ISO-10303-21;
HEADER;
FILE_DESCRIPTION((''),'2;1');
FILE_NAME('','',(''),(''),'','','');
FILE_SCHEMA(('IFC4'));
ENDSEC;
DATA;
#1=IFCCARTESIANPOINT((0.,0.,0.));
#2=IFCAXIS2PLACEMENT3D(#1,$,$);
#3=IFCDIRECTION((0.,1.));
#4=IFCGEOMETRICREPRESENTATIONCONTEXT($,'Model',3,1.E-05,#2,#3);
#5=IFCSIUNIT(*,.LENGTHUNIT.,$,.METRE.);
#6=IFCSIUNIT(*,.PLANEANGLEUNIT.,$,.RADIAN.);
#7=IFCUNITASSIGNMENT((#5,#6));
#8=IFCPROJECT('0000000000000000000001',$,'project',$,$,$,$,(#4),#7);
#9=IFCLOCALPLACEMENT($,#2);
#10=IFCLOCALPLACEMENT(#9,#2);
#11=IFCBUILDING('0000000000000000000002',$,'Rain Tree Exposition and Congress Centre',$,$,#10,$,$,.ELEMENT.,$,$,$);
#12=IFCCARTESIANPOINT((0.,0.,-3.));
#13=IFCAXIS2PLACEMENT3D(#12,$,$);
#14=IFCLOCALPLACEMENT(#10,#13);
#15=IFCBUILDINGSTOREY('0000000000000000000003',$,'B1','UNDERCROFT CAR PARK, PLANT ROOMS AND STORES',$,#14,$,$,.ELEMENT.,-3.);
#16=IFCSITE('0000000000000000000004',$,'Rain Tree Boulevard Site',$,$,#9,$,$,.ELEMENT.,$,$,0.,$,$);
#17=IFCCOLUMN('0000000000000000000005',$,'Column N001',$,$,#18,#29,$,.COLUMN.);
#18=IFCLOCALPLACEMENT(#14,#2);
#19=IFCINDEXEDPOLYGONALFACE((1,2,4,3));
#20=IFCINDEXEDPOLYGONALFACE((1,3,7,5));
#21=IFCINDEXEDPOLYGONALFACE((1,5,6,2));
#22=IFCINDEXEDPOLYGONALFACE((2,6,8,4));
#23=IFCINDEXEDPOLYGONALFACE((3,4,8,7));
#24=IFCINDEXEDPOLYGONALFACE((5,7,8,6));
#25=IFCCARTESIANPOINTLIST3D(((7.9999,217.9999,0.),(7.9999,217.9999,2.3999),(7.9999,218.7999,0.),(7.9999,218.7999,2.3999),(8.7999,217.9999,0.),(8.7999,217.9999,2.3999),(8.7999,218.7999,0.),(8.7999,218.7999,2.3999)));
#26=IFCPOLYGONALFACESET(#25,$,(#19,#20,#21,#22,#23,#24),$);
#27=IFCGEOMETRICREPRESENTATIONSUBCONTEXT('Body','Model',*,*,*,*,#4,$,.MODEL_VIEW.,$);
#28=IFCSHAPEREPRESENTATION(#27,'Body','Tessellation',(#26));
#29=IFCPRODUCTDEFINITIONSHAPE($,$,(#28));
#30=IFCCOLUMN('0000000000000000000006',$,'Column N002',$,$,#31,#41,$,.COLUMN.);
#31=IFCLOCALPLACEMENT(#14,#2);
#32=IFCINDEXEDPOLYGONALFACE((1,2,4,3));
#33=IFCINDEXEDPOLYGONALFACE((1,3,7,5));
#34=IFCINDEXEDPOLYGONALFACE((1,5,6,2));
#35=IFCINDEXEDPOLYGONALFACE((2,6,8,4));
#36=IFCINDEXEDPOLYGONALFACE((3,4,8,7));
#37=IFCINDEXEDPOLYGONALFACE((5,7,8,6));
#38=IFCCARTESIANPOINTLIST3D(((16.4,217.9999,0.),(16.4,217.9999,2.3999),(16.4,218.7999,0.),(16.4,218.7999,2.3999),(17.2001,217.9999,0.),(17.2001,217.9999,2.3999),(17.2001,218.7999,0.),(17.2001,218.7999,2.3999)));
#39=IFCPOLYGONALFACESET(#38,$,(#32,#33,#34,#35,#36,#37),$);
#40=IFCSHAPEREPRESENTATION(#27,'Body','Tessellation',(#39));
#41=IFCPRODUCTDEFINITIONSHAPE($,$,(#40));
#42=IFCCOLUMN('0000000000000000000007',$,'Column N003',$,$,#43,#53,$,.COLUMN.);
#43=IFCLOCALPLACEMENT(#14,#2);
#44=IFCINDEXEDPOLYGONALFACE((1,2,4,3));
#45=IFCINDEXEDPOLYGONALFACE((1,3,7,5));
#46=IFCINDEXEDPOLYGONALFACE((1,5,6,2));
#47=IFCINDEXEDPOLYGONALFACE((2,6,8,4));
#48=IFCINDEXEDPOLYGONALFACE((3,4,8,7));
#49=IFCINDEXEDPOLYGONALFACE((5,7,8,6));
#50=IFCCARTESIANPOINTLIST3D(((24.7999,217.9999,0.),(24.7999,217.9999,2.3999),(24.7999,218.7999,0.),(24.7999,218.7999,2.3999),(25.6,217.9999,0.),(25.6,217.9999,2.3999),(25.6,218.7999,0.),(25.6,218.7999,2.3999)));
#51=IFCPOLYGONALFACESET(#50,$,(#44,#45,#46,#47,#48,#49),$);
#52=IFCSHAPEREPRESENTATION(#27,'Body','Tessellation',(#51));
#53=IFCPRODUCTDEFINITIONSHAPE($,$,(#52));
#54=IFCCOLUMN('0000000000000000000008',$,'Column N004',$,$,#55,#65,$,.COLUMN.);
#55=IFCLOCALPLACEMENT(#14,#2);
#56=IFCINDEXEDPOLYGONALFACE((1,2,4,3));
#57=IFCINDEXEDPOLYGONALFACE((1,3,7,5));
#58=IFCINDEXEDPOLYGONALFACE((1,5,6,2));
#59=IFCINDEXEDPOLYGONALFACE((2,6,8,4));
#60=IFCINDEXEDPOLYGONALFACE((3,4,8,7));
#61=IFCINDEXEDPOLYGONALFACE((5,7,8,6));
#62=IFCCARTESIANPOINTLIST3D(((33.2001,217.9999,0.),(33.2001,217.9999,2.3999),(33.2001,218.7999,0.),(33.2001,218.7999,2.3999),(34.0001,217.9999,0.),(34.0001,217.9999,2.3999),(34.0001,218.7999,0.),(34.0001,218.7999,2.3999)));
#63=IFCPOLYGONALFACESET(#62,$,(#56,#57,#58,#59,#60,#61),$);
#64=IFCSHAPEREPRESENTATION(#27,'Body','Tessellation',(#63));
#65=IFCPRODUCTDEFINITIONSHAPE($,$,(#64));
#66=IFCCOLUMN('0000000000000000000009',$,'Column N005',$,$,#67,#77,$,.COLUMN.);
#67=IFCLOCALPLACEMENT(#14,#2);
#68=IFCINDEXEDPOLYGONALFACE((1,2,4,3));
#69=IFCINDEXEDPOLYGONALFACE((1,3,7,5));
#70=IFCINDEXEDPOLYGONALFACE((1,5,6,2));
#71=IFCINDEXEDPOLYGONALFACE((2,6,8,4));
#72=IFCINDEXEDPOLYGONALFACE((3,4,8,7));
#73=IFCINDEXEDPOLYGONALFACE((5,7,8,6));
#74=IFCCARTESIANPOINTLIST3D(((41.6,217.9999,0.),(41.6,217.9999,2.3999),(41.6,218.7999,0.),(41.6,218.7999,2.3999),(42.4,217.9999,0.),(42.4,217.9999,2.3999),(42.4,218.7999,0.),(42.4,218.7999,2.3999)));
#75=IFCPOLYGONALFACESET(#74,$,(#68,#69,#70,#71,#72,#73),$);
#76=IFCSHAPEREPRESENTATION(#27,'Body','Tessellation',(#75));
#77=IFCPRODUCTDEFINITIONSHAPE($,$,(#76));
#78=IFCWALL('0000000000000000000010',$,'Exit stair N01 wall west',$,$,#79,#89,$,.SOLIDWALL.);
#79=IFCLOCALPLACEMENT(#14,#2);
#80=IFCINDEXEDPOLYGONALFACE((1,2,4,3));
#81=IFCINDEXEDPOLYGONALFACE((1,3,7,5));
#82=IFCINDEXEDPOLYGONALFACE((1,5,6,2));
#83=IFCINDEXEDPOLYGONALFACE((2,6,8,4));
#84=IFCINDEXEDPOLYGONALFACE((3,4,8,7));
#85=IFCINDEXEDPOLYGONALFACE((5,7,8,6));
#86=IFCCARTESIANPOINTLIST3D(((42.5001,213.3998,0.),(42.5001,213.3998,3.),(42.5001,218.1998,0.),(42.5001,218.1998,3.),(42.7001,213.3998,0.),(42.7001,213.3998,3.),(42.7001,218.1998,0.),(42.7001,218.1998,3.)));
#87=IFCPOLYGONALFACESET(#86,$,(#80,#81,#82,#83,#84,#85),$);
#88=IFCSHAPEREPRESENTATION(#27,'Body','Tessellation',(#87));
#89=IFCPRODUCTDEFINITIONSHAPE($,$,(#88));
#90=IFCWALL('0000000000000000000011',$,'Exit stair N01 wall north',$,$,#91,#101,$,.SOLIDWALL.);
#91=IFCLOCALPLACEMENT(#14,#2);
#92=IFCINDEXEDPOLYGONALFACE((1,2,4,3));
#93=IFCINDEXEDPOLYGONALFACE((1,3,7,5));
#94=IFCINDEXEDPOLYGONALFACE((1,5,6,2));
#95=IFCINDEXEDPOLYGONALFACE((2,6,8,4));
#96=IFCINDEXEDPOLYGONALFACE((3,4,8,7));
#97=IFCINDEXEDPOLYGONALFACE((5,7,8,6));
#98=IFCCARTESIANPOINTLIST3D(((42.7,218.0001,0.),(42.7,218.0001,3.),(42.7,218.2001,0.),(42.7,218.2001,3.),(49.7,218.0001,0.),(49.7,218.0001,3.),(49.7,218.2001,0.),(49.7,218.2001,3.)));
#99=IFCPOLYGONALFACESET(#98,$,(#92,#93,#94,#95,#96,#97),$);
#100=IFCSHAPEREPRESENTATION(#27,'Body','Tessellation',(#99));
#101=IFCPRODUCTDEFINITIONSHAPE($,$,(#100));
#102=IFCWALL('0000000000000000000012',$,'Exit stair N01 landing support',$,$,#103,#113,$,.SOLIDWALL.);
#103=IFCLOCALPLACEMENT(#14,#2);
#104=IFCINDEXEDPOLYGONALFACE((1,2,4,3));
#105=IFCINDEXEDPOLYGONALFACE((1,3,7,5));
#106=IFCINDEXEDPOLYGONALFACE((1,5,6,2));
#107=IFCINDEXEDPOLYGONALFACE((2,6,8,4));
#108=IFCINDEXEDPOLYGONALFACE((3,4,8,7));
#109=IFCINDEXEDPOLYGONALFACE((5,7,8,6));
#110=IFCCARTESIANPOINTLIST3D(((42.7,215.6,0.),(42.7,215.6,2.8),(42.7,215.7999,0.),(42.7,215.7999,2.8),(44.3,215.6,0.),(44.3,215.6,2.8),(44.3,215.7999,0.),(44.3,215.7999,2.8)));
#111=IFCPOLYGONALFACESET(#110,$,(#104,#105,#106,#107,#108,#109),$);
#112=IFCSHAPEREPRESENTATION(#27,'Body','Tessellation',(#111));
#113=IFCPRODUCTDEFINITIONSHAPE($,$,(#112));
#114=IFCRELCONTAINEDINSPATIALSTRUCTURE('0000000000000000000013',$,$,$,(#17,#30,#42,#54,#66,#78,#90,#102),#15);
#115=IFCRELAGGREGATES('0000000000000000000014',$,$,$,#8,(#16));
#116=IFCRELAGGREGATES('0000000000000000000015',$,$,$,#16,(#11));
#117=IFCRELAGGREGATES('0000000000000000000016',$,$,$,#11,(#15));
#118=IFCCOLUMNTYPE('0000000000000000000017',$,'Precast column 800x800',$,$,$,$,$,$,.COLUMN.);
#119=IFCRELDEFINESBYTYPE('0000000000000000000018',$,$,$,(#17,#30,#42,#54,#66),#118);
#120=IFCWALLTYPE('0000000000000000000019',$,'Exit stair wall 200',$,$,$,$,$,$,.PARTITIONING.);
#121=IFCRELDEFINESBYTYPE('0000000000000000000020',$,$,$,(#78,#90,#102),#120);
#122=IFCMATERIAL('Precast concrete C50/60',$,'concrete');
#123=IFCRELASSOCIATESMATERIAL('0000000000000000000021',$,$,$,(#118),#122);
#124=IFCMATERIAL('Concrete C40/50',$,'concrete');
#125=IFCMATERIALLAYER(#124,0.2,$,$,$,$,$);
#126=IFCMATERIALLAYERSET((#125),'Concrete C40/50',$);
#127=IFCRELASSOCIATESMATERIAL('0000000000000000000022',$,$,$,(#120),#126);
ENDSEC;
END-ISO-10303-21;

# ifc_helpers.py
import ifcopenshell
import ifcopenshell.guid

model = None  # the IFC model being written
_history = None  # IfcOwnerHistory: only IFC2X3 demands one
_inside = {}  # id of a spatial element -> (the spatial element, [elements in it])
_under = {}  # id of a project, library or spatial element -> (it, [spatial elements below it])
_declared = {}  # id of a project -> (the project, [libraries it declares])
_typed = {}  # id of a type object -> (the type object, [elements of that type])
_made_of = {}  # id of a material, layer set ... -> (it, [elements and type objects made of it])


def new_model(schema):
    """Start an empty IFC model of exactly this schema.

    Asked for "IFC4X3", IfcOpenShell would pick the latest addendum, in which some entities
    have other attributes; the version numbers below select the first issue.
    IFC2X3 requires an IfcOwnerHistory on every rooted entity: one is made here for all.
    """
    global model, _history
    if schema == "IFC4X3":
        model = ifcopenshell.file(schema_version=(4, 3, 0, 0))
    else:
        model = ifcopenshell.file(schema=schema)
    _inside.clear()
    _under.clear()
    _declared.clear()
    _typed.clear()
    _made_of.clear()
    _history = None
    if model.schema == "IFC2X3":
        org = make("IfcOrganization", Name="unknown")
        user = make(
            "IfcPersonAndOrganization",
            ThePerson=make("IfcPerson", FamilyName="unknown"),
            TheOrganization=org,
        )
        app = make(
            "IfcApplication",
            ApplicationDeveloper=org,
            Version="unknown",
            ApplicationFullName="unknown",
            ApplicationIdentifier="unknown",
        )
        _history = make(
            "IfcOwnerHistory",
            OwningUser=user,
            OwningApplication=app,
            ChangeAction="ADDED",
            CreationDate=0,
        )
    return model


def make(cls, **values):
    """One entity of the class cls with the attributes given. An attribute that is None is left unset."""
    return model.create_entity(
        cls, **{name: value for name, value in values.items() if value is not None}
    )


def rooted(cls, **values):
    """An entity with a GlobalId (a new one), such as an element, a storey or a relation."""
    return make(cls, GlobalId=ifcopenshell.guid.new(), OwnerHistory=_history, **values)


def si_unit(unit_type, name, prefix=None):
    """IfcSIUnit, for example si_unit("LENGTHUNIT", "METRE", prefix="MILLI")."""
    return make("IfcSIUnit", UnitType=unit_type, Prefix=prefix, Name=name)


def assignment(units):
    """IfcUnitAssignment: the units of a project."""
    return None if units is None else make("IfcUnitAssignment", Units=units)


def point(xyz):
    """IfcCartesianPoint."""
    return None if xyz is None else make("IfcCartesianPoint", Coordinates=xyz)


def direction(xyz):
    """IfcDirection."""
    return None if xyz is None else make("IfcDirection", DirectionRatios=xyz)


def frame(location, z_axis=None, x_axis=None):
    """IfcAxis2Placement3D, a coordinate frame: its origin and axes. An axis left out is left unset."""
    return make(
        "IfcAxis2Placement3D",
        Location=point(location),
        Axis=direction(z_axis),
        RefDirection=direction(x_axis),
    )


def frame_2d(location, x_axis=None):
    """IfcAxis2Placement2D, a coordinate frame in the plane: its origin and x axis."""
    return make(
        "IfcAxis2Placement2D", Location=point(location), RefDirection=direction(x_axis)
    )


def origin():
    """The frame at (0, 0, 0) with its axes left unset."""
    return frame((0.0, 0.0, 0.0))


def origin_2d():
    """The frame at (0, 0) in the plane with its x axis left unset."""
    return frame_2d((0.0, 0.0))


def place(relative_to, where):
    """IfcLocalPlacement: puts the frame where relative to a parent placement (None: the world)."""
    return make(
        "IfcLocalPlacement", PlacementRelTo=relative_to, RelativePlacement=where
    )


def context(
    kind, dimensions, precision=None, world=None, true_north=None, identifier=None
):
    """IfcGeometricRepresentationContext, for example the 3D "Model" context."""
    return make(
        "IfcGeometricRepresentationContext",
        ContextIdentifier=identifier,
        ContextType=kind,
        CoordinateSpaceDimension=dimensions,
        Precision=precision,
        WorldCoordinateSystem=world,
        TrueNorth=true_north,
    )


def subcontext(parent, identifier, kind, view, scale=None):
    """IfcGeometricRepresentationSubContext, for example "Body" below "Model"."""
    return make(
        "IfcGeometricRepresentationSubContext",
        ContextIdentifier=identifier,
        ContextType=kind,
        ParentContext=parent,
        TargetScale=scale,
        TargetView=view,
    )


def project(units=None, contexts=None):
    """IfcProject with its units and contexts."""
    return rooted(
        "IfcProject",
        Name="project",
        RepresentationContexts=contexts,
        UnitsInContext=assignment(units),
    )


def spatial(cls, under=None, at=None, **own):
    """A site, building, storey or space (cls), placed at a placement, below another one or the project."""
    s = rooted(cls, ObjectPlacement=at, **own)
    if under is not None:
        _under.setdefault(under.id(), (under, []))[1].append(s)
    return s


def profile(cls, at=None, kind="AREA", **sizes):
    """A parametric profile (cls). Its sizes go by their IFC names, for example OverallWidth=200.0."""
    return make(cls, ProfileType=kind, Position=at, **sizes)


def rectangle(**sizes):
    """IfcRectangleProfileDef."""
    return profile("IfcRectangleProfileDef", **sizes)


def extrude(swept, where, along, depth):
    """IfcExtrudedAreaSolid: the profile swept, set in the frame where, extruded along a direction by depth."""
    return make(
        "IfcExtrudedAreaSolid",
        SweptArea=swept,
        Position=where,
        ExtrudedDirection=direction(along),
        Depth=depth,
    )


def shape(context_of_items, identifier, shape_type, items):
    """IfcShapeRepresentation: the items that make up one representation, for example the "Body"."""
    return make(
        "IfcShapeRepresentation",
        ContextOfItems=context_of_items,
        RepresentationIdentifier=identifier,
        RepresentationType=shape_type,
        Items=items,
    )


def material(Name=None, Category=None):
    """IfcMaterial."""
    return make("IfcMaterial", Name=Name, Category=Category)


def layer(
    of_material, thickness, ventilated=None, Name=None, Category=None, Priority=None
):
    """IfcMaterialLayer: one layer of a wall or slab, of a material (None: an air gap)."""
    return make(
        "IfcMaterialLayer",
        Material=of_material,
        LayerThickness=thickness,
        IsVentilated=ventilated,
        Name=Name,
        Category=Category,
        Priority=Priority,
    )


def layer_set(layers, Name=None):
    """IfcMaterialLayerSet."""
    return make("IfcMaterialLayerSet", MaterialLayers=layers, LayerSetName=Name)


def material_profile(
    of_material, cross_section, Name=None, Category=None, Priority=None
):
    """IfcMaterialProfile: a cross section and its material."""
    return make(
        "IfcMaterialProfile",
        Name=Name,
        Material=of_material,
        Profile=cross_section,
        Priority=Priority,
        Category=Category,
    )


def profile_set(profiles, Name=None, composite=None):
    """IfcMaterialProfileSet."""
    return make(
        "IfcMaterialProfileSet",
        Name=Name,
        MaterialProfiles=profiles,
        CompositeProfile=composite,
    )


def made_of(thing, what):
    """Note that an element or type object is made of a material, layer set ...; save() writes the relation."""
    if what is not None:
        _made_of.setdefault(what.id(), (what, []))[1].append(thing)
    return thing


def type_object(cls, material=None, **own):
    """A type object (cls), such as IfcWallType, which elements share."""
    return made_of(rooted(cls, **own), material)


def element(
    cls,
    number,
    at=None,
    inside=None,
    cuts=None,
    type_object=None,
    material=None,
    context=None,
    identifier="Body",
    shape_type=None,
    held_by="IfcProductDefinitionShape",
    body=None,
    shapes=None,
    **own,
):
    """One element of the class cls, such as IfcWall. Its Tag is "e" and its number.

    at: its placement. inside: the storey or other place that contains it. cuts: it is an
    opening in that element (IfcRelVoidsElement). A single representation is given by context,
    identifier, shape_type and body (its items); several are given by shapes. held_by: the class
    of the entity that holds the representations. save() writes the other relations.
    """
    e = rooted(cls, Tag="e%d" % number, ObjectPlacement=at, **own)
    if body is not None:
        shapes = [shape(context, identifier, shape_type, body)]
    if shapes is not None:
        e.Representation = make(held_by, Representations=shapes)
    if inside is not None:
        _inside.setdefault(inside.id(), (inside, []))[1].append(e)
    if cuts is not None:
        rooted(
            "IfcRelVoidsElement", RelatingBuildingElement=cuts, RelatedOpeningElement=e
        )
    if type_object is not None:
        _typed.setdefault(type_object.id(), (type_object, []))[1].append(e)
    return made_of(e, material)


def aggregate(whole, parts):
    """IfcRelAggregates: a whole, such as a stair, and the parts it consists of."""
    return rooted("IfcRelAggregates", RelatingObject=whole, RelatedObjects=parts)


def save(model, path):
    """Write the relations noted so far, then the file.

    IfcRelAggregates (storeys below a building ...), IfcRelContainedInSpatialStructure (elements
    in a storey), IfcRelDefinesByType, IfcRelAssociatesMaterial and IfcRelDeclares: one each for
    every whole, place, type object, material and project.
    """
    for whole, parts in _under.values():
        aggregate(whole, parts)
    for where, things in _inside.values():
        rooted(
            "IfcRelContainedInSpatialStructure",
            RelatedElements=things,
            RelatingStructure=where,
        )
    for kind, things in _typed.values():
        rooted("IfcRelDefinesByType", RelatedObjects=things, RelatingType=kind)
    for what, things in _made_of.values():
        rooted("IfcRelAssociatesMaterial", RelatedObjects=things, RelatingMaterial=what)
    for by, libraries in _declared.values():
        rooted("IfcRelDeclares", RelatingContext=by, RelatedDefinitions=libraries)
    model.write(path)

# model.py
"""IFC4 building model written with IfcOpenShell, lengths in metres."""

from ifc_helpers import new_model, si_unit, direction, frame, frame_2d, origin, origin_2d, place, context, subcontext, project, spatial, rectangle, extrude, material, layer, layer_set, material_profile, profile_set, type_object, element, save


model = new_model("IFC4")

# Units and contexts
model_context = context("Model", 3, precision=1e-05, world=origin(), true_north=direction((0.0, 1.0)))
body_context = subcontext(model_context, "Body", "Model", "MODEL_VIEW")
ifc_project = project(units=[si_unit("LENGTHUNIT", "METRE"), si_unit("PLANEANGLEUNIT", "RADIAN")], contexts=[model_context])

# Site, building, storey
site_placement = place(None, origin())
site = spatial("IfcSite", under=ifc_project, at=site_placement, Name="Rain Tree Boulevard Site", CompositionType="ELEMENT", RefElevation=0.0)
building_placement = place(site_placement, origin())
building = spatial("IfcBuilding", under=site, at=building_placement, Name="Rain Tree Exposition and Congress Centre", CompositionType="ELEMENT")
storey_placement = place(building_placement, frame((0.0, 0.0, -3.0)))
storey = spatial("IfcBuildingStorey", under=building, at=storey_placement, Name="B1", Description="UNDERCROFT CAR PARK, PLANT ROOMS AND STORES", CompositionType="ELEMENT", Elevation=-3.0)

# Columns
ifc_material_1 = material(Name="Precast concrete C50/60", Category="concrete")
ifc_material_profile_1 = material_profile(ifc_material_1, rectangle(XDim=0.8, YDim=0.8, at=origin_2d()), Name="RC 800x800")
ifc_profile_set_1 = profile_set([ifc_material_profile_1], Name="Precast concrete C50/60")
column_type = type_object("IfcColumnType", Name="Precast column 800x800", PredefinedType="COLUMN", material=ifc_profile_set_1)
for number, where, z_axis, x_axis, name in (
    (1, (8.3999, 218.3999, 0.0), (0.0, 0.0, 1.0), (1.0, 0.0, 0.0), "Column N001"),
    (2, (16.8, 218.3999, 0.0), (0.0, 0.0, 1.0), (1.0, 0.0, 0.0), "Column N002"),
    (3, (25.2, 218.3999, 0.0), (0.0, 0.0, 1.0), (1.0, 0.0, 0.0), "Column N003"),
    (4, (33.6001, 218.3999, 0.0), (0.0, 0.0, 1.0), (1.0, 0.0, 0.0), "Column N004"),
    (5, (42.0, 218.3999, 0.0), (0.0, 0.0, 1.0), (1.0, 0.0, 0.0), "Column N005"),
):
    element("IfcColumn", number, at=place(storey_placement, frame(where, z_axis=z_axis, x_axis=x_axis)), inside=storey, type_object=column_type, Name=name, PredefinedType="COLUMN", context=body_context, shape_type="SweptSolid", body=[
        extrude(rectangle(XDim=0.8, YDim=0.8, at=origin_2d()), origin(), (0.0, 0.0, 1.0), 2.3999),
    ])

# Wall
ifc_material_2 = material(Name="Concrete C40/50", Category="concrete")
ifc_layer = layer(ifc_material_2, 0.2)
ifc_layer_set = layer_set([ifc_layer], Name="Concrete C40/50")
wall_type = type_object("IfcWallType", Name="Exit stair wall 200", PredefinedType="PARTITIONING", material=ifc_layer_set)
wall_1_placement = place(storey_placement, frame((42.6001, 213.3999, 0.0), z_axis=(0.0, 0.0, 1.0), x_axis=(0.0, 1.0, 0.0)))
element("IfcWall", 6, at=wall_1_placement, inside=storey, type_object=wall_type, Name="Exit stair N01 wall west", PredefinedType="SOLIDWALL", context=body_context, shape_type="SweptSolid", body=[
    extrude(rectangle(XDim=4.8, YDim=0.2, at=frame_2d((2.3999, 0.0))), origin(), (0.0, 0.0, 1.0), 3.0),
])

# Walls
wall_2_placement = place(storey_placement, frame((42.7, 218.1001, 0.0), z_axis=(0.0, 0.0, 1.0), x_axis=(1.0, 0.0, 0.0)))
element("IfcWall", 7, at=wall_2_placement, inside=storey, type_object=wall_type, Name="Exit stair N01 wall north", PredefinedType="SOLIDWALL", context=body_context, shape_type="SweptSolid", body=[
    extrude(rectangle(XDim=7.0, YDim=0.2, at=frame_2d((3.5, 0.0))), origin(), (0.0, 0.0, 1.0), 3.0),
])
wall_3_placement = place(storey_placement, frame((42.7, 215.7, 0.0), z_axis=(0.0, 0.0, 1.0), x_axis=(1.0, 0.0, 0.0)))
element("IfcWall", 8, at=wall_3_placement, inside=storey, type_object=wall_type, Name="Exit stair N01 landing support", PredefinedType="SOLIDWALL", context=body_context, shape_type="SweptSolid", body=[
    extrude(rectangle(XDim=1.6001, YDim=0.2, at=frame_2d((0.8, 0.0))), origin(), (0.0, 0.0, 1.0), 2.8),
])

save(model, "model.ifc")
